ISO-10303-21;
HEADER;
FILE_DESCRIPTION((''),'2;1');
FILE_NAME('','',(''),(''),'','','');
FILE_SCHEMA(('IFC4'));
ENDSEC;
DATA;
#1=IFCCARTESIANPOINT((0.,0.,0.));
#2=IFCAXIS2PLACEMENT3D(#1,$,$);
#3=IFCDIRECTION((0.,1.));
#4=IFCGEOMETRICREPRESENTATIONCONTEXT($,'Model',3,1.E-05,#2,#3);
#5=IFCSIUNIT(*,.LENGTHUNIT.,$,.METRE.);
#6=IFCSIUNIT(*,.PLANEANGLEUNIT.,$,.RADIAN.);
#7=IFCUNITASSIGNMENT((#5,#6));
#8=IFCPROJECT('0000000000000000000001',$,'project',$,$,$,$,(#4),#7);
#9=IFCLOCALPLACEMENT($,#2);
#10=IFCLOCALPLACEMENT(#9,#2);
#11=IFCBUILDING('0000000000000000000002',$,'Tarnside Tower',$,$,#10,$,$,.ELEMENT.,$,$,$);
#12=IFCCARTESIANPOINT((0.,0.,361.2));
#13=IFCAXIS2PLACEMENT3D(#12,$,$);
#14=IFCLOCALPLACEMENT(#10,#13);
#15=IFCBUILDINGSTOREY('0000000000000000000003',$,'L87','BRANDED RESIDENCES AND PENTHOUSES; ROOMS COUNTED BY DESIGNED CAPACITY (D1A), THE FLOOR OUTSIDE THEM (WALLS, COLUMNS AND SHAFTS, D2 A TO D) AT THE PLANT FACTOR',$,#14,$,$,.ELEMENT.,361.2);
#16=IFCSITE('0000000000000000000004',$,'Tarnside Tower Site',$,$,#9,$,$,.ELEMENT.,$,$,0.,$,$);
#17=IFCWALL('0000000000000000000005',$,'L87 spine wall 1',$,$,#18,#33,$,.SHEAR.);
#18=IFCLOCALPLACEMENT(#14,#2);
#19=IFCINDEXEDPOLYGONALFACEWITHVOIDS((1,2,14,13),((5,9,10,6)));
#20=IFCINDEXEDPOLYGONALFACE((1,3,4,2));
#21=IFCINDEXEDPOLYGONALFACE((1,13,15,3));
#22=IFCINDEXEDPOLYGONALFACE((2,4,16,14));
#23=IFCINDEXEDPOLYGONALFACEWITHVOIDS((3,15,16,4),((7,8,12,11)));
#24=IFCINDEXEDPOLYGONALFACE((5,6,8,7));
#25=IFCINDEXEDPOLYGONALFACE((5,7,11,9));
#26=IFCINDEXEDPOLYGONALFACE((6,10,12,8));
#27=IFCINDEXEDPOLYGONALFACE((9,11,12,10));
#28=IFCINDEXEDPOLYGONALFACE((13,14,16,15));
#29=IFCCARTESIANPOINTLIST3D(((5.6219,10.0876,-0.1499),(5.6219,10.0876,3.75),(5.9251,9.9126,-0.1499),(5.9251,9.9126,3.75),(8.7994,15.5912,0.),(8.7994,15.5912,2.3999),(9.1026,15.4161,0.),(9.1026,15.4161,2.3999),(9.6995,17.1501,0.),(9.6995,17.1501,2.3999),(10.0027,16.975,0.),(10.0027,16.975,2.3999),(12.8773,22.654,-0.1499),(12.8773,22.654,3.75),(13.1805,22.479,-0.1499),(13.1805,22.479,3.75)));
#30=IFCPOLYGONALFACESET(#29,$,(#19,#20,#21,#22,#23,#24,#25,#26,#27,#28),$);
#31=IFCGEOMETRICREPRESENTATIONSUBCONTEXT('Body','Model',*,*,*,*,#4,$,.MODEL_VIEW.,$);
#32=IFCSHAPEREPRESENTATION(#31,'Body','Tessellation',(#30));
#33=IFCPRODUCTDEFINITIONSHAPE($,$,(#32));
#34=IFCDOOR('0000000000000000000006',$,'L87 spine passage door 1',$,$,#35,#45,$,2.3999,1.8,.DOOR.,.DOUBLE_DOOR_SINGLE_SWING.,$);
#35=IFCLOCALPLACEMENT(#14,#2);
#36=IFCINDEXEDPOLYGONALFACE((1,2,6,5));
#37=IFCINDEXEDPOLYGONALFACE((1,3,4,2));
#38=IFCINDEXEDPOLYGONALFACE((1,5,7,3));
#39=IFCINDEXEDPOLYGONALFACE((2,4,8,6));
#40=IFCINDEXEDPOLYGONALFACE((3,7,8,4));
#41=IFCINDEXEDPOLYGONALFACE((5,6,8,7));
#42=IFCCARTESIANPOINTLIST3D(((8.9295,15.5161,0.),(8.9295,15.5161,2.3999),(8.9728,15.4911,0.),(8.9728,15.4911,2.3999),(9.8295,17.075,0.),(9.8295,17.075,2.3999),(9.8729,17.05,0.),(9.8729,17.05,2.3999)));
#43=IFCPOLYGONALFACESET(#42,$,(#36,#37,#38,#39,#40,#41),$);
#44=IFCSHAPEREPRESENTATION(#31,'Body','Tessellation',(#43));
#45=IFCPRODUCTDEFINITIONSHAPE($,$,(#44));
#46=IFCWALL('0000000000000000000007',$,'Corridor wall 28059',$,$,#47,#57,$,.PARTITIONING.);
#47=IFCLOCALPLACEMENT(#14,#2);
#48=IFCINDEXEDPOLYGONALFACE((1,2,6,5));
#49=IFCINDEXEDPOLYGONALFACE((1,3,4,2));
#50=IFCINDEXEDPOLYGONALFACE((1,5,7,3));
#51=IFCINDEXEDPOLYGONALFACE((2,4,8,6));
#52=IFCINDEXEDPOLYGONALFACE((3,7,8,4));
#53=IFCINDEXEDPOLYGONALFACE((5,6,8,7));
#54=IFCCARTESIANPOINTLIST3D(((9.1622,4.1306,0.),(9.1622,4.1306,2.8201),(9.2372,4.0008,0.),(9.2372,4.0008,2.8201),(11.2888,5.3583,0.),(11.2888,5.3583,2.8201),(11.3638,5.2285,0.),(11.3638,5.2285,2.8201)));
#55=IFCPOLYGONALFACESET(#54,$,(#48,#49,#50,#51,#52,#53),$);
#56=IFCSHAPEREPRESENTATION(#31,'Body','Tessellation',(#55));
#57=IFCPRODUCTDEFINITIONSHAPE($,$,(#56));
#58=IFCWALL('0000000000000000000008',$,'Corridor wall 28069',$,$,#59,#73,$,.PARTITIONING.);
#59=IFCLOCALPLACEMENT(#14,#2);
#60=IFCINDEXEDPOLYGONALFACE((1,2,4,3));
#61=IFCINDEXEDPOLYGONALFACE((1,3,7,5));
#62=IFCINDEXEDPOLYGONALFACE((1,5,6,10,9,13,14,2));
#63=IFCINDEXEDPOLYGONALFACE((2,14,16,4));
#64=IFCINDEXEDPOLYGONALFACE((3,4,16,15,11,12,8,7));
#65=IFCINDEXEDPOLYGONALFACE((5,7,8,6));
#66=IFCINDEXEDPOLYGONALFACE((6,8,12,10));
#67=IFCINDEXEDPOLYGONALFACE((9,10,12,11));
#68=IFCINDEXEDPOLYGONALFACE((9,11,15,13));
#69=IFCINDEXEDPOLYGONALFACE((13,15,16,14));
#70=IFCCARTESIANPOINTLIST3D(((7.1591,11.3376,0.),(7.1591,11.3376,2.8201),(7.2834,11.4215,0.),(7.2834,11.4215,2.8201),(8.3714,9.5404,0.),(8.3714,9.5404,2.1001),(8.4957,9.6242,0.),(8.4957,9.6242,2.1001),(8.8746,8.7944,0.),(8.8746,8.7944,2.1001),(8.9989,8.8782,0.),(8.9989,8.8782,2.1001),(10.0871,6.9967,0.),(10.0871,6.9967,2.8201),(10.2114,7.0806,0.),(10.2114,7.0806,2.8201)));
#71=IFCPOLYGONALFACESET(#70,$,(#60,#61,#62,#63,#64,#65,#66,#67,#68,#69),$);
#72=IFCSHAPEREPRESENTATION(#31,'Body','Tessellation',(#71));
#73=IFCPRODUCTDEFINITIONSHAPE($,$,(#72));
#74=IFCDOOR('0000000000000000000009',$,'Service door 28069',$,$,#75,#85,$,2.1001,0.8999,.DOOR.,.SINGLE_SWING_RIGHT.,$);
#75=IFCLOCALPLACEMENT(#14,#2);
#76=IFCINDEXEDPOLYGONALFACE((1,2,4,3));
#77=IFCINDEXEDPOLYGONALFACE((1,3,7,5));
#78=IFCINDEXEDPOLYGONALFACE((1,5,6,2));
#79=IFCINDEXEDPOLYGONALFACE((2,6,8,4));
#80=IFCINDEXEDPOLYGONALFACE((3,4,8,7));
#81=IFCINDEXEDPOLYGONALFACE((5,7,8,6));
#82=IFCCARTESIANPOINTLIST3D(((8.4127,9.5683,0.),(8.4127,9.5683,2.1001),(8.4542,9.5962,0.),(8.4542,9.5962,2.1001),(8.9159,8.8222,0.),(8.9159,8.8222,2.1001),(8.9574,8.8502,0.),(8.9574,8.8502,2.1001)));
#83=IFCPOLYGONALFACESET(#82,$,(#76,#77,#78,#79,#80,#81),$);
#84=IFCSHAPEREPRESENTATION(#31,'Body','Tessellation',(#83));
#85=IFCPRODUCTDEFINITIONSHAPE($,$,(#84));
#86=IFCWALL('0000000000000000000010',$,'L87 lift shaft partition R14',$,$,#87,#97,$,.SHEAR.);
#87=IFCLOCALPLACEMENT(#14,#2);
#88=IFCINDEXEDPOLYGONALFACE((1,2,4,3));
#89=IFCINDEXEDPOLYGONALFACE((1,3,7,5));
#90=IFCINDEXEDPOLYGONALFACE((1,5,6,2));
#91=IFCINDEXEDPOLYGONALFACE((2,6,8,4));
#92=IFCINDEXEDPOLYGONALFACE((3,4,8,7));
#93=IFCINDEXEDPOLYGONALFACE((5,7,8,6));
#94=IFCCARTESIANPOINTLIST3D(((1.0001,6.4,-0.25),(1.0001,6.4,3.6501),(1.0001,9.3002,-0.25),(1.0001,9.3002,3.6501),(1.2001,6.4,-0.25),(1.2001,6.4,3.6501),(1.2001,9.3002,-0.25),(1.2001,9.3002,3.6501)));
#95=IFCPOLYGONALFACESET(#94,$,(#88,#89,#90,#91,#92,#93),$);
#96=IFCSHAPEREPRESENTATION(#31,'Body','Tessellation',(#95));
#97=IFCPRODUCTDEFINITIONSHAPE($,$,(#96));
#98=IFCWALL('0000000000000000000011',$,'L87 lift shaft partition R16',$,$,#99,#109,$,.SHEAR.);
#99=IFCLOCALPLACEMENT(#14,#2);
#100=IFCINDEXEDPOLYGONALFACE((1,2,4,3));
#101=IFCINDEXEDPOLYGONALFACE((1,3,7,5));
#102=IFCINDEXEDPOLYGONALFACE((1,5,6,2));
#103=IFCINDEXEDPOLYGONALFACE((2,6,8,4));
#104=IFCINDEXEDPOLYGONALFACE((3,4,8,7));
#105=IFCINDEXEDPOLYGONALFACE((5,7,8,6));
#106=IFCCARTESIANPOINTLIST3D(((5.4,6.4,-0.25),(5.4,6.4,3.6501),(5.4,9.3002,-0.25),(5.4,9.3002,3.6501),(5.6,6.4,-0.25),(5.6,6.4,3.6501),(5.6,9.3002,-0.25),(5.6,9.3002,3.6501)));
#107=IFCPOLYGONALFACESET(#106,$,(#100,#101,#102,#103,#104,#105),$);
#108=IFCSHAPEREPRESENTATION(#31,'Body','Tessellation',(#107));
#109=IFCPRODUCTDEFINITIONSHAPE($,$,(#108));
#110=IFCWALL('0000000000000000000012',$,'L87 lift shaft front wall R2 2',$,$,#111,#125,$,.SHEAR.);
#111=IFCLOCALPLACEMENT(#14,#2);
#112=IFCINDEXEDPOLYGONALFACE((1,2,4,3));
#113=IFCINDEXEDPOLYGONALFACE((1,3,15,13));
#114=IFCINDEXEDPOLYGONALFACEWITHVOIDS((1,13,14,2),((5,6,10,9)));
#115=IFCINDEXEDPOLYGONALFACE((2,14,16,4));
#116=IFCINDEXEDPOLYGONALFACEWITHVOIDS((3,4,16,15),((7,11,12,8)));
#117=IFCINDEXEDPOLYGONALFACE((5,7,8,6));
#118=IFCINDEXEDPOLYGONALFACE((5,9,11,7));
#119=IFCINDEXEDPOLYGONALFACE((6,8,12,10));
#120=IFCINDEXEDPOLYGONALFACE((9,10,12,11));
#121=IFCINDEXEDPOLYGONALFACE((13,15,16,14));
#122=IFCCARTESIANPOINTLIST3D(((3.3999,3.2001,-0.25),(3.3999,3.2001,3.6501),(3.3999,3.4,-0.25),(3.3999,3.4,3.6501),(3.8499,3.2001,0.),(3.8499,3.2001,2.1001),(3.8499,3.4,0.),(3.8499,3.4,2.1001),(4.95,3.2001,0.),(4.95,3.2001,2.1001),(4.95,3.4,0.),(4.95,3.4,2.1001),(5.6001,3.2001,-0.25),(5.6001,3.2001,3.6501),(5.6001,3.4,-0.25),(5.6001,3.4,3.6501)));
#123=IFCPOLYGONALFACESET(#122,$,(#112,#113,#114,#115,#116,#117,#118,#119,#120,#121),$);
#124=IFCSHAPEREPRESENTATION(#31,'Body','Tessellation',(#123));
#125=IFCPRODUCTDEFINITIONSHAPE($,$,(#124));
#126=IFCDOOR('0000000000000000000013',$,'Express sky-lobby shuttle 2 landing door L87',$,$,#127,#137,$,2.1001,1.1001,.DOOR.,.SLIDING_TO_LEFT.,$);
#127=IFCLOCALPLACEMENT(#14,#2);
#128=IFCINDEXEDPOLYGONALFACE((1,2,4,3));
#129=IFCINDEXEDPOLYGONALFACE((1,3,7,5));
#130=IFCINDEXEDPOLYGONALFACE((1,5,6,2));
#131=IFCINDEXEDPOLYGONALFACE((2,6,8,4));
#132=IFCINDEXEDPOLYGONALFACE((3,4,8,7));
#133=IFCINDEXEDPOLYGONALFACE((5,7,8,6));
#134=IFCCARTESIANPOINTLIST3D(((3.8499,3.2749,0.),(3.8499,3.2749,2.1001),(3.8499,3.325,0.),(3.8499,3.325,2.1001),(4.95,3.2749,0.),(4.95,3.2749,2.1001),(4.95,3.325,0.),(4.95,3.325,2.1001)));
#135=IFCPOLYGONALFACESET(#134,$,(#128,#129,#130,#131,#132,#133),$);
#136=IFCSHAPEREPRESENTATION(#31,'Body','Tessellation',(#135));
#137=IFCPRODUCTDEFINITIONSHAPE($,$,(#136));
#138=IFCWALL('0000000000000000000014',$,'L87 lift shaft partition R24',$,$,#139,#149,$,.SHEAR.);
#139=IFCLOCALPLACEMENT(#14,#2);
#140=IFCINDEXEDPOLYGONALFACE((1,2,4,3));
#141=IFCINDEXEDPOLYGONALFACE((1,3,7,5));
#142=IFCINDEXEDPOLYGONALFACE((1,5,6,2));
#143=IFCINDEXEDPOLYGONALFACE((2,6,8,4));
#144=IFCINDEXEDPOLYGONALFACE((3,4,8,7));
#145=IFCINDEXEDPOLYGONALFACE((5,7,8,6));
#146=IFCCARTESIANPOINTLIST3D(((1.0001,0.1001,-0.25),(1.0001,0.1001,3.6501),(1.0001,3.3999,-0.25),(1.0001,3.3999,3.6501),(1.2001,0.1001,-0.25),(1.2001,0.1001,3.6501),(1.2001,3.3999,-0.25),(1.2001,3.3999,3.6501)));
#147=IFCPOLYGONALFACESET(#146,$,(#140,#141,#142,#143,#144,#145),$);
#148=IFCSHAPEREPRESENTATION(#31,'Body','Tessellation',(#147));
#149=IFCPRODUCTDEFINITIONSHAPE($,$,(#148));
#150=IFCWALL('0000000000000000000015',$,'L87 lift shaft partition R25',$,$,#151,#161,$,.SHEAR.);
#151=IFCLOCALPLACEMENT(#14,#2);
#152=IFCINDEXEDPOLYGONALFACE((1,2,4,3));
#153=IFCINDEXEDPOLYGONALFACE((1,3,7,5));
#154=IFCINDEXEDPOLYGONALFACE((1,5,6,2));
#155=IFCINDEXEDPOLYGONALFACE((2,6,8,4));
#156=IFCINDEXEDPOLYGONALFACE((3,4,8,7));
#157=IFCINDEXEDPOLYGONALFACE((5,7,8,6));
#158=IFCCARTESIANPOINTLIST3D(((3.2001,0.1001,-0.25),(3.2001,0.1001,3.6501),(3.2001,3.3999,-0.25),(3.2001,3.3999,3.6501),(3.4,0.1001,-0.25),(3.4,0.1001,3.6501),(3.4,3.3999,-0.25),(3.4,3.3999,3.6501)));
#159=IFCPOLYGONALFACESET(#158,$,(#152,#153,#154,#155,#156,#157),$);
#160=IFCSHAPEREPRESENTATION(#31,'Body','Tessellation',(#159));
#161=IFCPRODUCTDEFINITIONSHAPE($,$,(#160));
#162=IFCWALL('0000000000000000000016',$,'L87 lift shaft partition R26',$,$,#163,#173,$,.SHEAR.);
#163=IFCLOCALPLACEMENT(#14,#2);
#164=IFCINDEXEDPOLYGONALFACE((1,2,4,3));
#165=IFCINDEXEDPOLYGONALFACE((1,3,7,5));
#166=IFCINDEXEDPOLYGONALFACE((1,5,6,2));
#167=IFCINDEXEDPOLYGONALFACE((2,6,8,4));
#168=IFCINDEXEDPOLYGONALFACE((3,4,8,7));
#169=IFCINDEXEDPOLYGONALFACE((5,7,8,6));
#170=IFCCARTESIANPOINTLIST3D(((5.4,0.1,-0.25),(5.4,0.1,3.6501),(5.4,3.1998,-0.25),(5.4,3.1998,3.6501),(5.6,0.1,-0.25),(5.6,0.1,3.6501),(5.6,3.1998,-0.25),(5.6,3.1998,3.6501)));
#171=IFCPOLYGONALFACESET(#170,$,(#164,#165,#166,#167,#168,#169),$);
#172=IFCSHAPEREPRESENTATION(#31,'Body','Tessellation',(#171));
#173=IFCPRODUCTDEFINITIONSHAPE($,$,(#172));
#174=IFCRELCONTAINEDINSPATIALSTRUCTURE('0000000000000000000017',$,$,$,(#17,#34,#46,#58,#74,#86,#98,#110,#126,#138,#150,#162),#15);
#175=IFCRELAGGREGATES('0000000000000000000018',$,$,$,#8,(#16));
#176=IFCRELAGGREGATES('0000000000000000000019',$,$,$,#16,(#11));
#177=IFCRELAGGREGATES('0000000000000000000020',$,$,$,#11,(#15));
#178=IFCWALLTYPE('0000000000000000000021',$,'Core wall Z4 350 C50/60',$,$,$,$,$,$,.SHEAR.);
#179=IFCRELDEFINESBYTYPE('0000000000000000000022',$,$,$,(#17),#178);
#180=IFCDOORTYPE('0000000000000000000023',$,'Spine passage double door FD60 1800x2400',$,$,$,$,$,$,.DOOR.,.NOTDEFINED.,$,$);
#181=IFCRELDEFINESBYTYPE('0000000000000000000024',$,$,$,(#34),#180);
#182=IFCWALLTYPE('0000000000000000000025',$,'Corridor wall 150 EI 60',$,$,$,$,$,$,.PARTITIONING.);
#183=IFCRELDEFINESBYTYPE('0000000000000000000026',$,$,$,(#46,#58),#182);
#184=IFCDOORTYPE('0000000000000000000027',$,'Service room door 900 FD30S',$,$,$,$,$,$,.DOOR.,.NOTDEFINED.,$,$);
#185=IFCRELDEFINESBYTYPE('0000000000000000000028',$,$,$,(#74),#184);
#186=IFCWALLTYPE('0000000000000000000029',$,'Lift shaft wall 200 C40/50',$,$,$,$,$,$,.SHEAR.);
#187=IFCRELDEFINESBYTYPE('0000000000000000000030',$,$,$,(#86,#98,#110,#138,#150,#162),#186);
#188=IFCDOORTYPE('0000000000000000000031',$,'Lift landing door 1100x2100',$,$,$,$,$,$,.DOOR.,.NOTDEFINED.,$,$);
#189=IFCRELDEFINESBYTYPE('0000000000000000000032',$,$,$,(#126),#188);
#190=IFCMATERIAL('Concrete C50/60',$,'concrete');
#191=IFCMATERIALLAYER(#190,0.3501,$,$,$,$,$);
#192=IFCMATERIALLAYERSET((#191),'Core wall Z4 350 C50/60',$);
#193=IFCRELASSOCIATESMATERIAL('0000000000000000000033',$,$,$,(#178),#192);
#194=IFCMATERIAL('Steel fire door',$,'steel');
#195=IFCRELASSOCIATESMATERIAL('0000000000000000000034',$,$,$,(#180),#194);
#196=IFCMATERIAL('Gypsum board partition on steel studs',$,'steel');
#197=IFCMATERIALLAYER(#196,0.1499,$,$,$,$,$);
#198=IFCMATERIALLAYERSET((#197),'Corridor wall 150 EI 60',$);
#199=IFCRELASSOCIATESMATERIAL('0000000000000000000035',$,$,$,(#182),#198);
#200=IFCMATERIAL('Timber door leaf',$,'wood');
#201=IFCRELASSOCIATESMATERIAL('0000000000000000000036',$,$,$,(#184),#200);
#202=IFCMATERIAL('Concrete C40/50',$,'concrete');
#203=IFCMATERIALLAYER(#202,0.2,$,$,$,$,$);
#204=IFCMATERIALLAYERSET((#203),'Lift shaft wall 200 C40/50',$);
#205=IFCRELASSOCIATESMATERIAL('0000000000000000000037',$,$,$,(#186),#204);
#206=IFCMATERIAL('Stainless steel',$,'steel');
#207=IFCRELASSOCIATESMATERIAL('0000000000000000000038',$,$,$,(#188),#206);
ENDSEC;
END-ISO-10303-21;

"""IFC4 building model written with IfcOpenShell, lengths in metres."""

from ifc_helpers import new_model, si_unit, direction, frame, frame_2d, origin, place, context, subcontext, project, spatial, rectangle, extrude, material, layer, layer_set, type_object, element, fill, save


model = new_model("IFC4")

# Units and contexts
model_context = context("Model", 3, precision=1e-05, world=origin(), true_north=direction((0.0, 1.0)))
body_context = subcontext(model_context, "Body", "Model", "MODEL_VIEW")
ifc_project = project(units=[si_unit("LENGTHUNIT", "METRE"), si_unit("PLANEANGLEUNIT", "RADIAN")], contexts=[model_context])

# Site, building, storey
site_placement = place(None, origin())
site = spatial("IfcSite", under=ifc_project, at=site_placement, Name="Tarnside Tower Site", CompositionType="ELEMENT", RefElevation=0.0)
building_placement = place(site_placement, origin())
building = spatial("IfcBuilding", under=site, at=building_placement, Name="Tarnside Tower", CompositionType="ELEMENT")
storey_placement = place(building_placement, frame((0.0, 0.0, 361.2)))
storey = spatial("IfcBuildingStorey", under=building, at=storey_placement, Name="L87", Description="BRANDED RESIDENCES AND PENTHOUSES; ROOMS COUNTED BY DESIGNED CAPACITY (D1A), THE FLOOR OUTSIDE THEM (WALLS, COLUMNS AND SHAFTS, D2 A TO D) AT THE PLANT FACTOR", CompositionType="ELEMENT", Elevation=361.2)

# Shared definitions
ifc_material_1 = material(Name="Concrete C40/50", Category="concrete")

# Shared definitions
ifc_material_2 = material(Name="Concrete C50/60", Category="concrete")
ifc_layer_1 = layer(ifc_material_2, 0.3501)
ifc_layer_set_1 = layer_set([ifc_layer_1], Name="Core wall Z4 350 C50/60")
wall_type_1 = type_object("IfcWallType", Name="Core wall Z4 350 C50/60", PredefinedType="SHEAR", material=ifc_layer_set_1)

# Wall, opening, door
wall_1_placement = place(storey_placement, frame((5.7734, 10.0, -0.1499), z_axis=(0.0, 0.0, 1.0), x_axis=(0.500008, 0.866021, 0.0)))
wall_1 = element("IfcWall", 1, at=wall_1_placement, inside=storey, type_object=wall_type_1, Name="L87 spine wall 1", PredefinedType="SHEAR", context=body_context, shape_type="SweptSolid", body=[
    extrude(rectangle(XDim=14.5105, YDim=0.3501, at=frame_2d((7.2554, 0.0))), origin(), (0.0, 0.0, 1.0), 3.8999),
])
opening_1_placement = place(wall_1_placement, frame((6.3552, 0.0, 0.1499)))
opening_1 = element("IfcOpeningElement", 2, at=opening_1_placement, cuts=wall_1, PredefinedType="OPENING", context=body_context, shape_type="SweptSolid", body=[
    extrude(rectangle(XDim=1.8, YDim=2.3999, at=frame_2d((0.8999, 1.2))), frame((0.0, 0.1851, 0.0), z_axis=(0.0, -1.0, 0.0), x_axis=(1.0, 0.0, 0.0)), (0.0, 0.0, 1.0), 0.3701),
])
ifc_material_3 = material(Name="Steel fire door", Category="steel")
door_type_1 = type_object("IfcDoorType", Name="Spine passage double door FD60 1800x2400", OperationType="NOTDEFINED", PredefinedType="DOOR", material=ifc_material_3)
door_1_placement = place(opening_1_placement, origin())
door_1 = element("IfcDoor", 3, at=door_1_placement, inside=storey, type_object=door_type_1, Name="L87 spine passage door 1", OperationType="DOUBLE_DOOR_SINGLE_SWING", OverallHeight=2.3999, OverallWidth=1.8, PredefinedType="DOOR", context=body_context, shape_type="SweptSolid", body=[
    extrude(rectangle(XDim=1.8, YDim=2.3999, at=frame_2d((0.8999, 1.2))), frame((0.0, 0.0249, 0.0), z_axis=(0.0, -1.0, 0.0), x_axis=(1.0, 0.0, 0.0)), (0.0, 0.0, 1.0), 0.05),
])
fill(opening_1, door_1)

# Wall
ifc_material_4 = material(Name="Gypsum board partition on steel studs", Category="steel")
ifc_layer_2 = layer(ifc_material_4, 0.1499)
ifc_layer_set_2 = layer_set([ifc_layer_2], Name="Corridor wall 150 EI 60")
wall_type_2 = type_object("IfcWallType", Name="Corridor wall 150 EI 60", PredefinedType="PARTITIONING", material=ifc_layer_set_2)
wall_2_placement = place(storey_placement, frame((9.1997, 4.0657, 0.0), z_axis=(0.0, 0.0, 1.0), x_axis=(0.866038, 0.499978, 0.0)))
element("IfcWall", 4, at=wall_2_placement, inside=storey, type_object=wall_type_2, Name="Corridor wall 28059", PredefinedType="PARTITIONING", context=body_context, shape_type="SweptSolid", body=[
    extrude(rectangle(XDim=2.4556, YDim=0.1499, at=frame_2d((1.2278, 0.0))), origin(), (0.0, 0.0, 1.0), 2.8201),
])

# Wall, opening, door
wall_3_placement = place(storey_placement, frame((7.2212, 11.3796, 0.0), z_axis=(0.0, 0.0, 1.0), x_axis=(0.559201, -0.829032, 0.0)))
wall_3 = element("IfcWall", 5, at=wall_3_placement, inside=storey, type_object=wall_type_2, Name="Corridor wall 28069", PredefinedType="PARTITIONING", context=body_context, shape_type="SweptSolid", body=[
    extrude(rectangle(XDim=5.2361, YDim=0.1499, at=frame_2d((2.6182, 0.0))), origin(), (0.0, 0.0, 1.0), 2.8201),
])
opening_2_placement = place(wall_3_placement, frame((2.168, 0.0, 0.0)))
opening_2 = element("IfcOpeningElement", 6, at=opening_2_placement, cuts=wall_3, PredefinedType="OPENING", context=body_context, shape_type="SweptSolid", body=[
    extrude(rectangle(XDim=0.8999, YDim=2.1001, at=frame_2d((0.45, 1.05))), frame((0.0, 0.085, 0.0), z_axis=(0.0, -1.0, 0.0), x_axis=(1.0, 0.0, 0.0)), (0.0, 0.0, 1.0), 0.1699),
])
ifc_material_5 = material(Name="Timber door leaf", Category="wood")
door_type_2 = type_object("IfcDoorType", Name="Service room door 900 FD30S", OperationType="NOTDEFINED", PredefinedType="DOOR", material=ifc_material_5)
door_2_placement = place(opening_2_placement, origin())
door_2 = element("IfcDoor", 7, at=door_2_placement, inside=storey, type_object=door_type_2, Name="Service door 28069", OperationType="SINGLE_SWING_RIGHT", OverallHeight=2.1001, OverallWidth=0.8999, PredefinedType="DOOR", context=body_context, shape_type="SweptSolid", body=[
    extrude(rectangle(XDim=0.8999, YDim=2.1001, at=frame_2d((0.45, 1.05))), frame((0.0, 0.0249, 0.0), z_axis=(0.0, -1.0, 0.0), x_axis=(1.0, 0.0, 0.0)), (0.0, 0.0, 1.0), 0.05),
])
fill(opening_2, door_2)

# Walls
ifc_layer_3 = layer(ifc_material_1, 0.2)
ifc_layer_set_3 = layer_set([ifc_layer_3], Name="Lift shaft wall 200 C40/50")
wall_type_3 = type_object("IfcWallType", Name="Lift shaft wall 200 C40/50", PredefinedType="SHEAR", material=ifc_layer_set_3)
for number, where, z_axis, x_axis, name in (
    (8, (1.1001, 6.3999, -0.25), (0.0, 0.0, 1.0), (0.0, 1.0, 0.0), "L87 lift shaft partition R14"),
    (9, (5.5, 6.3999, -0.25), (0.0, 0.0, 1.0), (0.0, 1.0, 0.0), "L87 lift shaft partition R16"),
):
    element("IfcWall", number, at=place(storey_placement, frame(where, z_axis=z_axis, x_axis=x_axis)), inside=storey, type_object=wall_type_3, Name=name, PredefinedType="SHEAR", context=body_context, shape_type="SweptSolid", body=[
        extrude(rectangle(XDim=2.9001, YDim=0.2, at=frame_2d((1.4502, 0.0))), origin(), (0.0, 0.0, 1.0), 3.9001),
    ])

# Wall, opening, door
wall_4_placement = place(storey_placement, frame((3.3999, 3.3, -0.25), z_axis=(0.0, 0.0, 1.0), x_axis=(1.0, 0.0, 0.0)))
wall_4 = element("IfcWall", 10, at=wall_4_placement, inside=storey, type_object=wall_type_3, Name="L87 lift shaft front wall R2 2", PredefinedType="SHEAR", context=body_context, shape_type="SweptSolid", body=[
    extrude(rectangle(XDim=2.2002, YDim=0.2, at=frame_2d((1.1001, 0.0))), origin(), (0.0, 0.0, 1.0), 3.9001),
])
opening_3_placement = place(wall_4_placement, frame((0.45, 0.0, 0.25)))
opening_3 = element("IfcOpeningElement", 11, at=opening_3_placement, cuts=wall_4, PredefinedType="OPENING", context=body_context, shape_type="SweptSolid", body=[
    extrude(rectangle(XDim=1.1001, YDim=2.1001, at=frame_2d((0.55, 1.05))), frame((0.0, 0.1099, 0.0), z_axis=(0.0, -1.0, 0.0), x_axis=(1.0, 0.0, 0.0)), (0.0, 0.0, 1.0), 0.22),
])
ifc_material_6 = material(Name="Stainless steel", Category="steel")
door_type_3 = type_object("IfcDoorType", Name="Lift landing door 1100x2100", OperationType="NOTDEFINED", PredefinedType="DOOR", material=ifc_material_6)
door_3_placement = place(opening_3_placement, origin())
door_3 = element("IfcDoor", 12, at=door_3_placement, inside=storey, type_object=door_type_3, Name="Express sky-lobby shuttle 2 landing door L87", OperationType="SLIDING_TO_LEFT", OverallHeight=2.1001, OverallWidth=1.1001, PredefinedType="DOOR", context=body_context, shape_type="SweptSolid", body=[
    extrude(rectangle(XDim=1.1001, YDim=2.1001, at=frame_2d((0.55, 1.05))), frame((0.0, 0.0249, 0.0), z_axis=(0.0, -1.0, 0.0), x_axis=(1.0, 0.0, 0.0)), (0.0, 0.0, 1.0), 0.05),
])
fill(opening_3, door_3)

# Walls
for number, where, z_axis, x_axis, name in (
    (13, (1.1001, 0.1001, -0.25), (0.0, 0.0, 1.0), (0.0, 1.0, 0.0), "L87 lift shaft partition R24"),
    (14, (3.3, 0.1001, -0.25), (0.0, 0.0, 1.0), (0.0, 1.0, 0.0), "L87 lift shaft partition R25"),
):
    element("IfcWall", number, at=place(storey_placement, frame(where, z_axis=z_axis, x_axis=x_axis)), inside=storey, type_object=wall_type_3, Name=name, PredefinedType="SHEAR", context=body_context, shape_type="SweptSolid", body=[
        extrude(rectangle(XDim=3.2998, YDim=0.2, at=frame_2d((1.6499, 0.0))), origin(), (0.0, 0.0, 1.0), 3.9001),
    ])
wall_5_placement = place(storey_placement, frame((5.5, 0.1001, -0.25), z_axis=(0.0, 0.0, 1.0), x_axis=(0.0, 1.0, 0.0)))
element("IfcWall", 15, at=wall_5_placement, inside=storey, type_object=wall_type_3, Name="L87 lift shaft partition R26", PredefinedType="SHEAR", context=body_context, shape_type="SweptSolid", body=[
    extrude(rectangle(XDim=3.0999, YDim=0.2, at=frame_2d((1.5498, 0.0))), origin(), (0.0, 0.0, 1.0), 3.9001),
])

save(model, "model.ifc")
